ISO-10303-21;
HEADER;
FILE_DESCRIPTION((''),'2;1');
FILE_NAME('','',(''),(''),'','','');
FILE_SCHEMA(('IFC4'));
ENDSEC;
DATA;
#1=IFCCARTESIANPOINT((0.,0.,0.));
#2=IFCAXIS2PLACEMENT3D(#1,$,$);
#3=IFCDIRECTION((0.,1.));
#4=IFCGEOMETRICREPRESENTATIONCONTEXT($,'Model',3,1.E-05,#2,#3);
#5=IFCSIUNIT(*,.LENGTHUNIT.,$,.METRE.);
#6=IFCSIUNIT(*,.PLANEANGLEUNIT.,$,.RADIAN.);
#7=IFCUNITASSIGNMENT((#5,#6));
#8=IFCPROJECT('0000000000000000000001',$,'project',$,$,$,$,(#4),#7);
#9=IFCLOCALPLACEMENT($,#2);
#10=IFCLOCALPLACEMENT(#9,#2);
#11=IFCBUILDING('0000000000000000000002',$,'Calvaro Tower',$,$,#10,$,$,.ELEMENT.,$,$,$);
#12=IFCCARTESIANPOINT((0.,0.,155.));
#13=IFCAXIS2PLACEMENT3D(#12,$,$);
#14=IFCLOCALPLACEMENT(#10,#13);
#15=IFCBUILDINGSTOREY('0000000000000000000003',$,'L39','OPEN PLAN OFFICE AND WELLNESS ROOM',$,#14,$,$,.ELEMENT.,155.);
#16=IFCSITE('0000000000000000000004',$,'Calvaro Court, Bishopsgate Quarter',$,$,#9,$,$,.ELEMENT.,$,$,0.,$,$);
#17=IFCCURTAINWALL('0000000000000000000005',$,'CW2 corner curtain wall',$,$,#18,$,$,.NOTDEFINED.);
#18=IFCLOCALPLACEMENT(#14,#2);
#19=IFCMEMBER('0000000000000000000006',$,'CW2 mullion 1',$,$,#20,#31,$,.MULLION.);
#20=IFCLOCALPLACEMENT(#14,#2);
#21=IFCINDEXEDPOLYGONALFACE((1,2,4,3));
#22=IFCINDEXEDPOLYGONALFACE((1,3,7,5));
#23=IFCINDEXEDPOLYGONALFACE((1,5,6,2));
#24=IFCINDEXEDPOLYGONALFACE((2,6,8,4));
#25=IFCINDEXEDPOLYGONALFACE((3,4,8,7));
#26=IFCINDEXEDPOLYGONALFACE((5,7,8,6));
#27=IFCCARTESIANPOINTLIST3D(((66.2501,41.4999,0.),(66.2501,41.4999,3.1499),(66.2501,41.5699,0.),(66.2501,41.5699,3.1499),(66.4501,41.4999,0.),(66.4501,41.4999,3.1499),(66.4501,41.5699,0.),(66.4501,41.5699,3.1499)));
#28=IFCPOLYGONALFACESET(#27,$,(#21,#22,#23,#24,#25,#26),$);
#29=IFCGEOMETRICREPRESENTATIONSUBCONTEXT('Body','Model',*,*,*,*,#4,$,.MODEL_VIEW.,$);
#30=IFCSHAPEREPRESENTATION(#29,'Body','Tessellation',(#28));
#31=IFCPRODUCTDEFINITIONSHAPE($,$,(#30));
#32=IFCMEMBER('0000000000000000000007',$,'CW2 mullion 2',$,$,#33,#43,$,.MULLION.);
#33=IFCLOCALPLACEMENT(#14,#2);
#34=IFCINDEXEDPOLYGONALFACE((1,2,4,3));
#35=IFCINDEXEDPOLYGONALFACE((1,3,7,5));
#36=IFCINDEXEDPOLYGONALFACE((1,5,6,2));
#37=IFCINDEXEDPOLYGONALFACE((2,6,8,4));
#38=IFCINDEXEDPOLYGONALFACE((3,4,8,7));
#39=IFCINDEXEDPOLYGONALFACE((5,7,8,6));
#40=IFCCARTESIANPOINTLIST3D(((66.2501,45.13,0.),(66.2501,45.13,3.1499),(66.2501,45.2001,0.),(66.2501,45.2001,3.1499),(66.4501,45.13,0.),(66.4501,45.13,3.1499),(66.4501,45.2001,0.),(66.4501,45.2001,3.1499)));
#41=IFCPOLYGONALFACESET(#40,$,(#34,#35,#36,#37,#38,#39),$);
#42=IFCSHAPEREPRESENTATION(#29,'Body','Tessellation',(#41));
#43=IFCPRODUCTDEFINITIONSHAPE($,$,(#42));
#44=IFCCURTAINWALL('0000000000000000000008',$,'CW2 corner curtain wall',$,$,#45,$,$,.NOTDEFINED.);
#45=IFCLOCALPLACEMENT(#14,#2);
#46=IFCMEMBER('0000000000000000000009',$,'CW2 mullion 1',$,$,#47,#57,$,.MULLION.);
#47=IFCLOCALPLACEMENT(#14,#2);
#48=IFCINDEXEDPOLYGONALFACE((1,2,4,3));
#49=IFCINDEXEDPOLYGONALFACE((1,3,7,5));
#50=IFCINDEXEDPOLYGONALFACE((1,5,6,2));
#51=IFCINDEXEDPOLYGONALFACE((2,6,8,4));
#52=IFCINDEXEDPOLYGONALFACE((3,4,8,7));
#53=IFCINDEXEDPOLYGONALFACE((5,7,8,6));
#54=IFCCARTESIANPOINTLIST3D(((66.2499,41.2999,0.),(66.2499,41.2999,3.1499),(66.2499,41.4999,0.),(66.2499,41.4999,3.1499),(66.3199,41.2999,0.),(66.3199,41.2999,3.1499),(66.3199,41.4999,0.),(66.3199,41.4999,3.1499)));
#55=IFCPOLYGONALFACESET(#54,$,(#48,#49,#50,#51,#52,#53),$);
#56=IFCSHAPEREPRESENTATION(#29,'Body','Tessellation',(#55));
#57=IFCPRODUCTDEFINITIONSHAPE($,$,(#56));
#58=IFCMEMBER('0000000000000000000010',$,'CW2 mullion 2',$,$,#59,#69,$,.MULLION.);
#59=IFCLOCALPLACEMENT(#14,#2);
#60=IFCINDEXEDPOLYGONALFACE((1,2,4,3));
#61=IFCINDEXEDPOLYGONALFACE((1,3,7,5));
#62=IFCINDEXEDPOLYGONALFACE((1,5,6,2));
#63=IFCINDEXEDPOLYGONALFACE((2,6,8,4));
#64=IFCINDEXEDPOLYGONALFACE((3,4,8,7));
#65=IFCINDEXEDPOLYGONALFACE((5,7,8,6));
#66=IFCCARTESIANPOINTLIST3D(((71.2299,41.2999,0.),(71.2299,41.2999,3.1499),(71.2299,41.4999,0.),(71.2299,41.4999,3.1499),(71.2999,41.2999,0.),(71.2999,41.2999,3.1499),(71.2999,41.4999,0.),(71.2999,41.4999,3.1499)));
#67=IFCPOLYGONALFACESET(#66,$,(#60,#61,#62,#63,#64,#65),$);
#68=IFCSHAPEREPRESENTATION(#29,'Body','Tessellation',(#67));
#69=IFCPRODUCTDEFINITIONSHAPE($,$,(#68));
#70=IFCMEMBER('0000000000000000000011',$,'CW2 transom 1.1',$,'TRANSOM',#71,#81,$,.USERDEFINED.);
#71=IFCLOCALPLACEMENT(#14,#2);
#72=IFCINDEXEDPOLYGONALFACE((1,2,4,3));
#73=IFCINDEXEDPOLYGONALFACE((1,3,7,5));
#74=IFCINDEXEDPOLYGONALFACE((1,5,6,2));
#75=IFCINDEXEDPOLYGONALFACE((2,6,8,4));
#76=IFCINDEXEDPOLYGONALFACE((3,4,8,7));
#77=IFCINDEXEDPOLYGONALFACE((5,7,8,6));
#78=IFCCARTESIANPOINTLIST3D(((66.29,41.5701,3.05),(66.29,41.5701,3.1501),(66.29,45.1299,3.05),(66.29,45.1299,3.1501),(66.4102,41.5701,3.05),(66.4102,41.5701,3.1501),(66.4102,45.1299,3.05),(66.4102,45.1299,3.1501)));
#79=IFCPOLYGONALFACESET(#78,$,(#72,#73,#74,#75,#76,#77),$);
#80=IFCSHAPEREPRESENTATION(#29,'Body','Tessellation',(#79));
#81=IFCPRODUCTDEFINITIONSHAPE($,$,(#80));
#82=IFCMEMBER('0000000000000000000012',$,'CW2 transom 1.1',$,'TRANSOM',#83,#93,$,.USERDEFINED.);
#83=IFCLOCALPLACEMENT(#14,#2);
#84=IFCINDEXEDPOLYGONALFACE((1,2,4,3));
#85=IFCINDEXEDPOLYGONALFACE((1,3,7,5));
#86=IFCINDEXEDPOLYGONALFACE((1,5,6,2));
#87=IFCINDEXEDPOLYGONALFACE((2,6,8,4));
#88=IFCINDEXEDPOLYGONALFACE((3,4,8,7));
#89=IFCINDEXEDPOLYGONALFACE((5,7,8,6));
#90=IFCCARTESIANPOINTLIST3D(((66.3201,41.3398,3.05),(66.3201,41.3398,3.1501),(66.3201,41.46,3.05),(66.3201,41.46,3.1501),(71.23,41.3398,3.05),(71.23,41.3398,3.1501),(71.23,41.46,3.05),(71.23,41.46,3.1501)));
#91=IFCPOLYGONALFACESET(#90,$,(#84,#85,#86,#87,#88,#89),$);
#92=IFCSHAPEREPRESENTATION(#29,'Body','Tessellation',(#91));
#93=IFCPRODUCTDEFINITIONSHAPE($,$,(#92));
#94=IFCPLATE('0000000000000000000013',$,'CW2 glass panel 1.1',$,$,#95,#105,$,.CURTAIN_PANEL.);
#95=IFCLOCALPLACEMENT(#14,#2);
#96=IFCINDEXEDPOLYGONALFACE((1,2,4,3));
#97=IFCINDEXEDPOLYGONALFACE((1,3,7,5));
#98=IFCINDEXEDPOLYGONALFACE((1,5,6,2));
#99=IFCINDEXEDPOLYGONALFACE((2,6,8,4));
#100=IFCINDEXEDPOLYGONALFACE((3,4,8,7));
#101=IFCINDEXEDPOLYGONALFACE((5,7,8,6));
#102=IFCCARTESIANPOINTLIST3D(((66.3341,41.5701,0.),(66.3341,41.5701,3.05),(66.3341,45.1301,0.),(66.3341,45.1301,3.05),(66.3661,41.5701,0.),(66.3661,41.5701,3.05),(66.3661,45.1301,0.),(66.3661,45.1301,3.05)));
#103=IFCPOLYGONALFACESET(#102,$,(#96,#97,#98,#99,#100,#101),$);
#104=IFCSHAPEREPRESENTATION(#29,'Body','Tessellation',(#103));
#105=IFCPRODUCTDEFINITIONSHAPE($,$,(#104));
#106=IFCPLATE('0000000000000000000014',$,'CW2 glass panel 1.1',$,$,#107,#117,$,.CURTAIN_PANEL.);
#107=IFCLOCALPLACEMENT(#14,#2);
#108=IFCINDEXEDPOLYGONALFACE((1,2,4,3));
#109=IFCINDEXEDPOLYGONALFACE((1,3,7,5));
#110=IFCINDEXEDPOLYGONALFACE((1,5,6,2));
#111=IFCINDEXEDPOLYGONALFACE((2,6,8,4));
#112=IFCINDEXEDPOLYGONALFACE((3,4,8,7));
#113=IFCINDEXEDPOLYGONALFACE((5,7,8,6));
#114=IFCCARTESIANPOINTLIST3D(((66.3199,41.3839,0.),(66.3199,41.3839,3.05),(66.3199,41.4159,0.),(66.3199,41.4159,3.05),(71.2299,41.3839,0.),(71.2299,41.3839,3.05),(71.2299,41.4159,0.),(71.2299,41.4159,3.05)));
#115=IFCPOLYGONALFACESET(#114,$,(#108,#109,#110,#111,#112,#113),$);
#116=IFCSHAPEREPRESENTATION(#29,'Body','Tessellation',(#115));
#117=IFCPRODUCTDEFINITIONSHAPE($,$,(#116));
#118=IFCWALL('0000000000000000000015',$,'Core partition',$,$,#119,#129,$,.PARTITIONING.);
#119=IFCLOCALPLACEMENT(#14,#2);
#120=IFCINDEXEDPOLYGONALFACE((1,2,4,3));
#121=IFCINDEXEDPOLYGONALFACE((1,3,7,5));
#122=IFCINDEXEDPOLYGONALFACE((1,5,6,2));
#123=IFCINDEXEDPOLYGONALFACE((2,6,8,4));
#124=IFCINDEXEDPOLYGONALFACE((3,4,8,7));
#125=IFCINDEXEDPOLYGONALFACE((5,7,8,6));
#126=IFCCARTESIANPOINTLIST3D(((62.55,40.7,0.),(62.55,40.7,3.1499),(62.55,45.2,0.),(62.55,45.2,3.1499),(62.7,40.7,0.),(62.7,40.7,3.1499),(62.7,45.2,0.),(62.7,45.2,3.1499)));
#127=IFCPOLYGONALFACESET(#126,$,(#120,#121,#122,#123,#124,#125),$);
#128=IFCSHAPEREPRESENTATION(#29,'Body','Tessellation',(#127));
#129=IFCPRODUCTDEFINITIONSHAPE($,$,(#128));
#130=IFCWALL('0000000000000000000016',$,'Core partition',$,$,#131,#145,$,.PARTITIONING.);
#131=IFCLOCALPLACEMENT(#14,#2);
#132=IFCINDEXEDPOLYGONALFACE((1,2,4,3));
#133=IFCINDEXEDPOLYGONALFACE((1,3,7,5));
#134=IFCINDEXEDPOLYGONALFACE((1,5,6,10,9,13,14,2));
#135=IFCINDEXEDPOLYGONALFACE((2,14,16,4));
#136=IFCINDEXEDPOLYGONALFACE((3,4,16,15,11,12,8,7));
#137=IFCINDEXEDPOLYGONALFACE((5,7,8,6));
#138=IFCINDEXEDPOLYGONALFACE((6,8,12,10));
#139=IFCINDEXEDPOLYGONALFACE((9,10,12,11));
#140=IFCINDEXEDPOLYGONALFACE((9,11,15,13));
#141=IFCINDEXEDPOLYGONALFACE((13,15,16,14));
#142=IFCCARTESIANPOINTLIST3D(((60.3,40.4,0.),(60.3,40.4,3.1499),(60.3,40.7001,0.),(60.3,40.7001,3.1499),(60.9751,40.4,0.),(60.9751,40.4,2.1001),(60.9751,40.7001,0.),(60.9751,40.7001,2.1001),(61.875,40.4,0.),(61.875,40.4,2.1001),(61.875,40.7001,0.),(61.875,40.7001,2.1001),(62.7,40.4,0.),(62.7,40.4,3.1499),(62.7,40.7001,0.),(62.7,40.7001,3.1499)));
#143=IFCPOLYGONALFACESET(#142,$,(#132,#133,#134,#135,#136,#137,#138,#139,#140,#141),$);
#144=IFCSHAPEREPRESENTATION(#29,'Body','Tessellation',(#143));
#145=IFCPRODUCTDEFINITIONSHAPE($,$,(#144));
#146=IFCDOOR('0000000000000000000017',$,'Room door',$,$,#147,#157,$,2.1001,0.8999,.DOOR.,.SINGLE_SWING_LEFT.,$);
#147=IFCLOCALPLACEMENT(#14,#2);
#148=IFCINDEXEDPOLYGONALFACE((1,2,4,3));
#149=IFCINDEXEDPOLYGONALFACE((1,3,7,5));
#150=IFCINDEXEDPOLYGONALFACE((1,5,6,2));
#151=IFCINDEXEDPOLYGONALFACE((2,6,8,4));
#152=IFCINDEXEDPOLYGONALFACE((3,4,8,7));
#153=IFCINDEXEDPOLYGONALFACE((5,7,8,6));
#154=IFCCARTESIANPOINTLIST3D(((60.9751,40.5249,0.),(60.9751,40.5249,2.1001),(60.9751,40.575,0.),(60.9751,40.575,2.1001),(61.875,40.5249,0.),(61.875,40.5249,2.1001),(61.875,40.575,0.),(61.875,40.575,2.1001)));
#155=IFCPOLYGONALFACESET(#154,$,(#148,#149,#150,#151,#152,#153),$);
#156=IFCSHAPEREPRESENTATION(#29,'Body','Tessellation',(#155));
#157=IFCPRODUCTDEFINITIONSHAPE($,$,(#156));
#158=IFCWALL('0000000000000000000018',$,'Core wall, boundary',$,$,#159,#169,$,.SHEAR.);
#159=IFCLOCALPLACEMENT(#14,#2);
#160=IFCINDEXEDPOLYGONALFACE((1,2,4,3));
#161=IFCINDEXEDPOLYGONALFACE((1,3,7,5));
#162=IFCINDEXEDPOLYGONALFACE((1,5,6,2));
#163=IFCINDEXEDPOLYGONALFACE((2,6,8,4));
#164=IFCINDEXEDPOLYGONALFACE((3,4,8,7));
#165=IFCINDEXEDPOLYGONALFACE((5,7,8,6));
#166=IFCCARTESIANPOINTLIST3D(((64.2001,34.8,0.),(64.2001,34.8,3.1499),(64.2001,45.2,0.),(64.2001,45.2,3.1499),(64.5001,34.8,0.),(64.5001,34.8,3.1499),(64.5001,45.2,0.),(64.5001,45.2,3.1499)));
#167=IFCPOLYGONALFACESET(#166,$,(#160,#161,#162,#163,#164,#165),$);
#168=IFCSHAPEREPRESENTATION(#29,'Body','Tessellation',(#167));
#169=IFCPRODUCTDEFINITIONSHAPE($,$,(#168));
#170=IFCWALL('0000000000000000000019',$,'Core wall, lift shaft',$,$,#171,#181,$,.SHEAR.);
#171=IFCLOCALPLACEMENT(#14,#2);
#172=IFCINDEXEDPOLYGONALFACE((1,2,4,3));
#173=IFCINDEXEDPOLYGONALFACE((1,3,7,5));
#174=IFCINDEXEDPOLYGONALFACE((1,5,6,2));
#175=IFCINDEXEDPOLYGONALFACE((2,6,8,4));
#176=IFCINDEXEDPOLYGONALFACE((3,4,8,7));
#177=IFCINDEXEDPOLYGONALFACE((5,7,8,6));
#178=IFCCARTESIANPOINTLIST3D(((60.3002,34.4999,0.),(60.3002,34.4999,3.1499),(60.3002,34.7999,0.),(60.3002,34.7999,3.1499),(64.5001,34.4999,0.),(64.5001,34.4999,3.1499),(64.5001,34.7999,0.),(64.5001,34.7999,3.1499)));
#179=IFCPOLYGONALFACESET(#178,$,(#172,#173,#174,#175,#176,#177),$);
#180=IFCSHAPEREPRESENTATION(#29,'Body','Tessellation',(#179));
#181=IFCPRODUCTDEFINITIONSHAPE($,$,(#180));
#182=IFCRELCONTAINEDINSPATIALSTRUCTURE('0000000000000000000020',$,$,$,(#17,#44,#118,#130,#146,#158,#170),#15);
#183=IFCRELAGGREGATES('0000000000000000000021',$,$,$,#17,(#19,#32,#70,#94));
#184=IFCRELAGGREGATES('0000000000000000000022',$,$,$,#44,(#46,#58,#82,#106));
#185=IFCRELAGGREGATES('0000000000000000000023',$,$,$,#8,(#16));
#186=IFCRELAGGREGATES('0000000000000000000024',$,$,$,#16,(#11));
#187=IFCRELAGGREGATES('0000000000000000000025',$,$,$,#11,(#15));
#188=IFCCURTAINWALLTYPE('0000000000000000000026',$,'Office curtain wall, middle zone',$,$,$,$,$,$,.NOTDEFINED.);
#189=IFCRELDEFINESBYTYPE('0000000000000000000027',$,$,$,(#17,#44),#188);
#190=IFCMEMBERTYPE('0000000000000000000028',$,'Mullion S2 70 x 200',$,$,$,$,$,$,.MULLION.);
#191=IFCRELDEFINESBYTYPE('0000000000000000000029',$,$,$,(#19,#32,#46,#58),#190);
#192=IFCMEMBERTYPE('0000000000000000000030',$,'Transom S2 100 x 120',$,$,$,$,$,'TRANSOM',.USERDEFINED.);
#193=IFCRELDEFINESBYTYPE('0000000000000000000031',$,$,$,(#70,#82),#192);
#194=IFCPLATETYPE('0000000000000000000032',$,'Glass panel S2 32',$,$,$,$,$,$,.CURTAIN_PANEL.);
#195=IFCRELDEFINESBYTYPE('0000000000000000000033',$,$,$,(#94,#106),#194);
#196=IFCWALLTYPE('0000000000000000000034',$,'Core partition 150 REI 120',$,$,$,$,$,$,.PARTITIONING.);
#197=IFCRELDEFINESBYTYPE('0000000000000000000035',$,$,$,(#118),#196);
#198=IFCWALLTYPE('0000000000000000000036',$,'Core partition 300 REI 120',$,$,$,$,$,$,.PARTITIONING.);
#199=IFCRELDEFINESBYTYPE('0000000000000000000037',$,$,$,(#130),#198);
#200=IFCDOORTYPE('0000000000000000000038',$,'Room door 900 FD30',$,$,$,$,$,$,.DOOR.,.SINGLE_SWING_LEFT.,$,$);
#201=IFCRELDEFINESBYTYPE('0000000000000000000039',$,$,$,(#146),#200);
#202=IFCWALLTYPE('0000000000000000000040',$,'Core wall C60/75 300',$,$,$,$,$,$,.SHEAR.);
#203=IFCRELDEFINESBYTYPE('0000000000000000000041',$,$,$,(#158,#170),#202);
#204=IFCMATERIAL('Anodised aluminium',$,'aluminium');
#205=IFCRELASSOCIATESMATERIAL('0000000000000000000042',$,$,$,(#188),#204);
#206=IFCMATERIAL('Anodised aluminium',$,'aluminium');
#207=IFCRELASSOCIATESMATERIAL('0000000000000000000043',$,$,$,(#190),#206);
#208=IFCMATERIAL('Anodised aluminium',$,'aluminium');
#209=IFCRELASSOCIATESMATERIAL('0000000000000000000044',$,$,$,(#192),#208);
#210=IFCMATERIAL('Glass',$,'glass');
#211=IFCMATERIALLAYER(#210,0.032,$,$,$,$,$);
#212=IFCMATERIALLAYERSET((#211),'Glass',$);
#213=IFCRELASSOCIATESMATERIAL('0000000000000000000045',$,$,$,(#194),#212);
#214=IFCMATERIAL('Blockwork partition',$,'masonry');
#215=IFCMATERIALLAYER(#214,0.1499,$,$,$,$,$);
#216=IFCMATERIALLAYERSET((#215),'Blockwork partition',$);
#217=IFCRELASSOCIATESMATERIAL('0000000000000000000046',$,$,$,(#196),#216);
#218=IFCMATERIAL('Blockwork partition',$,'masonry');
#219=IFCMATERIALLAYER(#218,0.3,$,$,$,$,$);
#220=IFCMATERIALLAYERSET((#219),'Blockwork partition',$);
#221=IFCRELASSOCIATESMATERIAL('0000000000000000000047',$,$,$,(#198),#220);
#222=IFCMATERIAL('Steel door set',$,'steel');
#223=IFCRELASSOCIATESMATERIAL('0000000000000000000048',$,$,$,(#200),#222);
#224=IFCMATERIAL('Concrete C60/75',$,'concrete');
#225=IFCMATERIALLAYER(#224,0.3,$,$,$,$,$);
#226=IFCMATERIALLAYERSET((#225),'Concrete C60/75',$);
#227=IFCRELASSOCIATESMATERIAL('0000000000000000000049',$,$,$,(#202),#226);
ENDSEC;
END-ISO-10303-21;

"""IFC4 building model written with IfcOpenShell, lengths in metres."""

from ifc_helpers import new_model, si_unit, direction, frame, frame_2d, origin, origin_2d, place, context, subcontext, project, spatial, rectangle, extrude, material, layer, layer_set, material_profile, profile_set, type_object, element, fill, aggregate, save


model = new_model("IFC4")

# Units and contexts
model_context = context("Model", 3, precision=1e-05, world=origin(), true_north=direction((0.0, 1.0)))
body_context = subcontext(model_context, "Body", "Model", "MODEL_VIEW")
ifc_project = project(units=[si_unit("LENGTHUNIT", "METRE"), si_unit("PLANEANGLEUNIT", "RADIAN")], contexts=[model_context])

# Site, building, storey
site_placement = place(None, origin())
site = spatial("IfcSite", under=ifc_project, at=site_placement, Name="Calvaro Court, Bishopsgate Quarter", CompositionType="ELEMENT", RefElevation=0.0)
building_placement = place(site_placement, origin())
building = spatial("IfcBuilding", under=site, at=building_placement, Name="Calvaro Tower", CompositionType="ELEMENT")
storey_placement = place(building_placement, frame((0.0, 0.0, 155.0)))
storey = spatial("IfcBuildingStorey", under=building, at=storey_placement, Name="L39", Description="OPEN PLAN OFFICE AND WELLNESS ROOM", CompositionType="ELEMENT", Elevation=155.0)

# Curtain walls, members
ifc_material_1 = material(Name="Anodised aluminium", Category="aluminium")
curtain_wall_type = type_object("IfcCurtainWallType", Name="Office curtain wall, middle zone", PredefinedType="NOTDEFINED", material=ifc_material_1)
curtain_wall_1_placement = place(storey_placement, origin())
curtain_wall_1 = element("IfcCurtainWall", 1, at=curtain_wall_1_placement, inside=storey, type_object=curtain_wall_type, Name="CW2 corner curtain wall", PredefinedType="NOTDEFINED")
ifc_material_2 = material(Name="Anodised aluminium", Category="aluminium")
ifc_material_profile_1 = material_profile(ifc_material_2, rectangle(XDim=0.2, YDim=0.0701, at=origin_2d()), Name="Mullion S2 70 x 200")
ifc_profile_set_1 = profile_set([ifc_material_profile_1], Name="Anodised aluminium")
member_type_1 = type_object("IfcMemberType", Name="Mullion S2 70 x 200", PredefinedType="MULLION", material=ifc_profile_set_1)
member_1_placement = place(storey_placement, frame((66.3501, 41.5349, 0.0), z_axis=(0.0, 0.0, 1.0), x_axis=(-1.0, 0.0, 0.0)))
member_1 = element("IfcMember", 2, at=member_1_placement, type_object=member_type_1, Name="CW2 mullion 1", PredefinedType="MULLION", context=body_context, shape_type="SweptSolid", body=[
    extrude(rectangle(XDim=0.2, YDim=0.0701, at=origin_2d()), origin(), (0.0, 0.0, 1.0), 3.1499),
])
member_2_placement = place(storey_placement, frame((66.3501, 45.165, 0.0), z_axis=(0.0, 0.0, 1.0), x_axis=(-1.0, 0.0, 0.0)))
member_2 = element("IfcMember", 3, at=member_2_placement, type_object=member_type_1, Name="CW2 mullion 2", PredefinedType="MULLION", context=body_context, shape_type="SweptSolid", body=[
    extrude(rectangle(XDim=0.2, YDim=0.0701, at=origin_2d()), origin(), (0.0, 0.0, 1.0), 3.1499),
])
curtain_wall_2_placement = place(storey_placement, origin())
curtain_wall_2 = element("IfcCurtainWall", 4, at=curtain_wall_2_placement, inside=storey, type_object=curtain_wall_type, Name="CW2 corner curtain wall", PredefinedType="NOTDEFINED")
member_3_placement = place(storey_placement, frame((66.2849, 41.3999, 0.0), z_axis=(0.0, 0.0, 1.0), x_axis=(0.0, 1.0, 0.0)))
member_3 = element("IfcMember", 5, at=member_3_placement, type_object=member_type_1, Name="CW2 mullion 1", PredefinedType="MULLION", context=body_context, shape_type="SweptSolid", body=[
    extrude(rectangle(XDim=0.2, YDim=0.0701, at=origin_2d()), origin(), (0.0, 0.0, 1.0), 3.1499),
])
member_4_placement = place(storey_placement, frame((71.2649, 41.3999, 0.0), z_axis=(0.0, 0.0, 1.0), x_axis=(0.0, 1.0, 0.0)))
member_4 = element("IfcMember", 6, at=member_4_placement, type_object=member_type_1, Name="CW2 mullion 2", PredefinedType="MULLION", context=body_context, shape_type="SweptSolid", body=[
    extrude(rectangle(XDim=0.2, YDim=0.0701, at=origin_2d()), origin(), (0.0, 0.0, 1.0), 3.1499),
])

# Members
ifc_material_3 = material(Name="Anodised aluminium", Category="aluminium")
ifc_material_profile_2 = material_profile(ifc_material_3, rectangle(XDim=0.1201, YDim=0.1001, at=origin_2d()), Name="Transom S2 100 x 120")
ifc_profile_set_2 = profile_set([ifc_material_profile_2], Name="Anodised aluminium")
member_type_2 = type_object("IfcMemberType", Name="Transom S2 100 x 120", ElementType="TRANSOM", PredefinedType="USERDEFINED", material=ifc_profile_set_2)
member_5_placement = place(storey_placement, frame((66.3501, 41.5701, 3.1001), z_axis=(0.0, 1.0, 0.0), x_axis=(-1.0, 0.0, 0.0)))
member_5 = element("IfcMember", 7, at=member_5_placement, type_object=member_type_2, Name="CW2 transom 1.1", ObjectType="TRANSOM", PredefinedType="USERDEFINED", context=body_context, shape_type="SweptSolid", body=[
    extrude(rectangle(XDim=0.1201, YDim=0.1001, at=origin_2d()), origin(), (0.0, 0.0, 1.0), 3.5598),
])
member_6_placement = place(storey_placement, frame((66.3201, 41.3999, 3.1001), z_axis=(1.0, 0.0, 0.0), x_axis=(0.0, 1.0, 0.0)))
member_6 = element("IfcMember", 8, at=member_6_placement, type_object=member_type_2, Name="CW2 transom 1.1", ObjectType="TRANSOM", PredefinedType="USERDEFINED", context=body_context, shape_type="SweptSolid", body=[
    extrude(rectangle(XDim=0.1201, YDim=0.1001, at=origin_2d()), origin(), (0.0, 0.0, 1.0), 4.9099),
])

# Plates
ifc_material_4 = material(Name="Glass", Category="glass")
ifc_layer_1 = layer(ifc_material_4, 0.032)
ifc_layer_set_1 = layer_set([ifc_layer_1], Name="Glass")
plate_type = type_object("IfcPlateType", Name="Glass panel S2 32", PredefinedType="CURTAIN_PANEL", material=ifc_layer_set_1)
plate_1_placement = place(storey_placement, frame((66.3501, 43.3501, 0.0), z_axis=(0.0, 0.0, 1.0), x_axis=(0.0, 1.0, 0.0)))
plate_1 = element("IfcPlate", 9, at=plate_1_placement, type_object=plate_type, Name="CW2 glass panel 1.1", PredefinedType="CURTAIN_PANEL", context=body_context, shape_type="SweptSolid", body=[
    extrude(rectangle(XDim=3.5601, YDim=0.032, at=origin_2d()), origin(), (0.0, 0.0, 1.0), 3.05),
])
aggregate(curtain_wall_1, [member_1, member_2, member_5, plate_1])
plate_2_placement = place(storey_placement, frame((68.7749, 41.3999, 0.0), z_axis=(0.0, 0.0, 1.0), x_axis=(1.0, 0.0, 0.0)))
plate_2 = element("IfcPlate", 10, at=plate_2_placement, type_object=plate_type, Name="CW2 glass panel 1.1", PredefinedType="CURTAIN_PANEL", context=body_context, shape_type="SweptSolid", body=[
    extrude(rectangle(XDim=4.9099, YDim=0.032, at=origin_2d()), origin(), (0.0, 0.0, 1.0), 3.05),
])
aggregate(curtain_wall_2, [member_3, member_4, member_6, plate_2])

# Wall
ifc_material_5 = material(Name="Blockwork partition", Category="masonry")
ifc_layer_2 = layer(ifc_material_5, 0.1499)
ifc_layer_set_2 = layer_set([ifc_layer_2], Name="Blockwork partition")
wall_type_1 = type_object("IfcWallType", Name="Core partition 150 REI 120", PredefinedType="PARTITIONING", material=ifc_layer_set_2)
wall_1_placement = place(storey_placement, frame((62.625, 40.7, 0.0), z_axis=(0.0, 0.0, 1.0), x_axis=(0.0, 1.0, 0.0)))
element("IfcWall", 11, at=wall_1_placement, inside=storey, type_object=wall_type_1, Name="Core partition", PredefinedType="PARTITIONING", context=body_context, shape_type="SweptSolid", body=[
    extrude(rectangle(XDim=4.5, YDim=0.1499, at=frame_2d((2.25, 0.0))), origin(), (0.0, 0.0, 1.0), 3.1499),
])

# Wall, opening, door
ifc_material_6 = material(Name="Blockwork partition", Category="masonry")
ifc_layer_3 = layer(ifc_material_6, 0.3)
ifc_layer_set_3 = layer_set([ifc_layer_3], Name="Blockwork partition")
wall_type_2 = type_object("IfcWallType", Name="Core partition 300 REI 120", PredefinedType="PARTITIONING", material=ifc_layer_set_3)
wall_2_placement = place(storey_placement, frame((60.3, 40.55, 0.0), z_axis=(0.0, 0.0, 1.0), x_axis=(1.0, 0.0, 0.0)))
wall_2 = element("IfcWall", 12, at=wall_2_placement, inside=storey, type_object=wall_type_2, Name="Core partition", PredefinedType="PARTITIONING", context=body_context, shape_type="SweptSolid", body=[
    extrude(rectangle(XDim=2.3999, YDim=0.3, at=frame_2d((1.2, 0.0))), origin(), (0.0, 0.0, 1.0), 3.1499),
])
opening_1_placement = place(wall_2_placement, frame((0.675, 0.0, 0.0)))
opening_1 = element("IfcOpeningElement", 13, at=opening_1_placement, cuts=wall_2, PredefinedType="OPENING", context=body_context, shape_type="SweptSolid", body=[
    extrude(rectangle(XDim=0.8999, YDim=2.1001, at=frame_2d((0.45, 1.05))), frame((0.0, 0.1599, 0.0), z_axis=(0.0, -1.0, 0.0), x_axis=(1.0, 0.0, 0.0)), (0.0, 0.0, 1.0), 0.3201),
])
ifc_material_7 = material(Name="Steel door set", Category="steel")
door_type_1 = type_object("IfcDoorType", Name="Room door 900 FD30", OperationType="SINGLE_SWING_LEFT", PredefinedType="DOOR", material=ifc_material_7)
door_1_placement = place(opening_1_placement, origin())
door_1 = element("IfcDoor", 14, at=door_1_placement, inside=storey, type_object=door_type_1, Name="Room door", OperationType="SINGLE_SWING_LEFT", OverallHeight=2.1001, OverallWidth=0.8999, PredefinedType="DOOR", context=body_context, shape_type="SweptSolid", body=[
    extrude(rectangle(XDim=0.8999, YDim=2.1001, at=frame_2d((0.45, 1.05))), frame((0.0, 0.0249, 0.0), z_axis=(0.0, -1.0, 0.0), x_axis=(1.0, 0.0, 0.0)), (0.0, 0.0, 1.0), 0.05),
])
fill(opening_1, door_1)

# Walls
ifc_material_8 = material(Name="Concrete C60/75", Category="concrete")
ifc_layer_4 = layer(ifc_material_8, 0.3)
ifc_layer_set_4 = layer_set([ifc_layer_4], Name="Concrete C60/75")
wall_type_3 = type_object("IfcWallType", Name="Core wall C60/75 300", PredefinedType="SHEAR", material=ifc_layer_set_4)
wall_3_placement = place(storey_placement, frame((64.3501, 34.8, 0.0), z_axis=(0.0, 0.0, 1.0), x_axis=(0.0, 1.0, 0.0)))
element("IfcWall", 15, at=wall_3_placement, inside=storey, type_object=wall_type_3, Name="Core wall, boundary", PredefinedType="SHEAR", context=body_context, shape_type="SweptSolid", body=[
    extrude(rectangle(XDim=10.3999, YDim=0.3, at=frame_2d((5.2, 0.0))), origin(), (0.0, 0.0, 1.0), 3.1499),
])
wall_4_placement = place(storey_placement, frame((60.3, 34.6499, 0.0), z_axis=(0.0, 0.0, 1.0), x_axis=(1.0, 0.0, 0.0)))
element("IfcWall", 16, at=wall_4_placement, inside=storey, type_object=wall_type_3, Name="Core wall, lift shaft", PredefinedType="SHEAR", context=body_context, shape_type="SweptSolid", body=[
    extrude(rectangle(XDim=4.2, YDim=0.3, at=frame_2d((2.1001, 0.0))), origin(), (0.0, 0.0, 1.0), 3.1499),
])

save(model, "model.ifc")
